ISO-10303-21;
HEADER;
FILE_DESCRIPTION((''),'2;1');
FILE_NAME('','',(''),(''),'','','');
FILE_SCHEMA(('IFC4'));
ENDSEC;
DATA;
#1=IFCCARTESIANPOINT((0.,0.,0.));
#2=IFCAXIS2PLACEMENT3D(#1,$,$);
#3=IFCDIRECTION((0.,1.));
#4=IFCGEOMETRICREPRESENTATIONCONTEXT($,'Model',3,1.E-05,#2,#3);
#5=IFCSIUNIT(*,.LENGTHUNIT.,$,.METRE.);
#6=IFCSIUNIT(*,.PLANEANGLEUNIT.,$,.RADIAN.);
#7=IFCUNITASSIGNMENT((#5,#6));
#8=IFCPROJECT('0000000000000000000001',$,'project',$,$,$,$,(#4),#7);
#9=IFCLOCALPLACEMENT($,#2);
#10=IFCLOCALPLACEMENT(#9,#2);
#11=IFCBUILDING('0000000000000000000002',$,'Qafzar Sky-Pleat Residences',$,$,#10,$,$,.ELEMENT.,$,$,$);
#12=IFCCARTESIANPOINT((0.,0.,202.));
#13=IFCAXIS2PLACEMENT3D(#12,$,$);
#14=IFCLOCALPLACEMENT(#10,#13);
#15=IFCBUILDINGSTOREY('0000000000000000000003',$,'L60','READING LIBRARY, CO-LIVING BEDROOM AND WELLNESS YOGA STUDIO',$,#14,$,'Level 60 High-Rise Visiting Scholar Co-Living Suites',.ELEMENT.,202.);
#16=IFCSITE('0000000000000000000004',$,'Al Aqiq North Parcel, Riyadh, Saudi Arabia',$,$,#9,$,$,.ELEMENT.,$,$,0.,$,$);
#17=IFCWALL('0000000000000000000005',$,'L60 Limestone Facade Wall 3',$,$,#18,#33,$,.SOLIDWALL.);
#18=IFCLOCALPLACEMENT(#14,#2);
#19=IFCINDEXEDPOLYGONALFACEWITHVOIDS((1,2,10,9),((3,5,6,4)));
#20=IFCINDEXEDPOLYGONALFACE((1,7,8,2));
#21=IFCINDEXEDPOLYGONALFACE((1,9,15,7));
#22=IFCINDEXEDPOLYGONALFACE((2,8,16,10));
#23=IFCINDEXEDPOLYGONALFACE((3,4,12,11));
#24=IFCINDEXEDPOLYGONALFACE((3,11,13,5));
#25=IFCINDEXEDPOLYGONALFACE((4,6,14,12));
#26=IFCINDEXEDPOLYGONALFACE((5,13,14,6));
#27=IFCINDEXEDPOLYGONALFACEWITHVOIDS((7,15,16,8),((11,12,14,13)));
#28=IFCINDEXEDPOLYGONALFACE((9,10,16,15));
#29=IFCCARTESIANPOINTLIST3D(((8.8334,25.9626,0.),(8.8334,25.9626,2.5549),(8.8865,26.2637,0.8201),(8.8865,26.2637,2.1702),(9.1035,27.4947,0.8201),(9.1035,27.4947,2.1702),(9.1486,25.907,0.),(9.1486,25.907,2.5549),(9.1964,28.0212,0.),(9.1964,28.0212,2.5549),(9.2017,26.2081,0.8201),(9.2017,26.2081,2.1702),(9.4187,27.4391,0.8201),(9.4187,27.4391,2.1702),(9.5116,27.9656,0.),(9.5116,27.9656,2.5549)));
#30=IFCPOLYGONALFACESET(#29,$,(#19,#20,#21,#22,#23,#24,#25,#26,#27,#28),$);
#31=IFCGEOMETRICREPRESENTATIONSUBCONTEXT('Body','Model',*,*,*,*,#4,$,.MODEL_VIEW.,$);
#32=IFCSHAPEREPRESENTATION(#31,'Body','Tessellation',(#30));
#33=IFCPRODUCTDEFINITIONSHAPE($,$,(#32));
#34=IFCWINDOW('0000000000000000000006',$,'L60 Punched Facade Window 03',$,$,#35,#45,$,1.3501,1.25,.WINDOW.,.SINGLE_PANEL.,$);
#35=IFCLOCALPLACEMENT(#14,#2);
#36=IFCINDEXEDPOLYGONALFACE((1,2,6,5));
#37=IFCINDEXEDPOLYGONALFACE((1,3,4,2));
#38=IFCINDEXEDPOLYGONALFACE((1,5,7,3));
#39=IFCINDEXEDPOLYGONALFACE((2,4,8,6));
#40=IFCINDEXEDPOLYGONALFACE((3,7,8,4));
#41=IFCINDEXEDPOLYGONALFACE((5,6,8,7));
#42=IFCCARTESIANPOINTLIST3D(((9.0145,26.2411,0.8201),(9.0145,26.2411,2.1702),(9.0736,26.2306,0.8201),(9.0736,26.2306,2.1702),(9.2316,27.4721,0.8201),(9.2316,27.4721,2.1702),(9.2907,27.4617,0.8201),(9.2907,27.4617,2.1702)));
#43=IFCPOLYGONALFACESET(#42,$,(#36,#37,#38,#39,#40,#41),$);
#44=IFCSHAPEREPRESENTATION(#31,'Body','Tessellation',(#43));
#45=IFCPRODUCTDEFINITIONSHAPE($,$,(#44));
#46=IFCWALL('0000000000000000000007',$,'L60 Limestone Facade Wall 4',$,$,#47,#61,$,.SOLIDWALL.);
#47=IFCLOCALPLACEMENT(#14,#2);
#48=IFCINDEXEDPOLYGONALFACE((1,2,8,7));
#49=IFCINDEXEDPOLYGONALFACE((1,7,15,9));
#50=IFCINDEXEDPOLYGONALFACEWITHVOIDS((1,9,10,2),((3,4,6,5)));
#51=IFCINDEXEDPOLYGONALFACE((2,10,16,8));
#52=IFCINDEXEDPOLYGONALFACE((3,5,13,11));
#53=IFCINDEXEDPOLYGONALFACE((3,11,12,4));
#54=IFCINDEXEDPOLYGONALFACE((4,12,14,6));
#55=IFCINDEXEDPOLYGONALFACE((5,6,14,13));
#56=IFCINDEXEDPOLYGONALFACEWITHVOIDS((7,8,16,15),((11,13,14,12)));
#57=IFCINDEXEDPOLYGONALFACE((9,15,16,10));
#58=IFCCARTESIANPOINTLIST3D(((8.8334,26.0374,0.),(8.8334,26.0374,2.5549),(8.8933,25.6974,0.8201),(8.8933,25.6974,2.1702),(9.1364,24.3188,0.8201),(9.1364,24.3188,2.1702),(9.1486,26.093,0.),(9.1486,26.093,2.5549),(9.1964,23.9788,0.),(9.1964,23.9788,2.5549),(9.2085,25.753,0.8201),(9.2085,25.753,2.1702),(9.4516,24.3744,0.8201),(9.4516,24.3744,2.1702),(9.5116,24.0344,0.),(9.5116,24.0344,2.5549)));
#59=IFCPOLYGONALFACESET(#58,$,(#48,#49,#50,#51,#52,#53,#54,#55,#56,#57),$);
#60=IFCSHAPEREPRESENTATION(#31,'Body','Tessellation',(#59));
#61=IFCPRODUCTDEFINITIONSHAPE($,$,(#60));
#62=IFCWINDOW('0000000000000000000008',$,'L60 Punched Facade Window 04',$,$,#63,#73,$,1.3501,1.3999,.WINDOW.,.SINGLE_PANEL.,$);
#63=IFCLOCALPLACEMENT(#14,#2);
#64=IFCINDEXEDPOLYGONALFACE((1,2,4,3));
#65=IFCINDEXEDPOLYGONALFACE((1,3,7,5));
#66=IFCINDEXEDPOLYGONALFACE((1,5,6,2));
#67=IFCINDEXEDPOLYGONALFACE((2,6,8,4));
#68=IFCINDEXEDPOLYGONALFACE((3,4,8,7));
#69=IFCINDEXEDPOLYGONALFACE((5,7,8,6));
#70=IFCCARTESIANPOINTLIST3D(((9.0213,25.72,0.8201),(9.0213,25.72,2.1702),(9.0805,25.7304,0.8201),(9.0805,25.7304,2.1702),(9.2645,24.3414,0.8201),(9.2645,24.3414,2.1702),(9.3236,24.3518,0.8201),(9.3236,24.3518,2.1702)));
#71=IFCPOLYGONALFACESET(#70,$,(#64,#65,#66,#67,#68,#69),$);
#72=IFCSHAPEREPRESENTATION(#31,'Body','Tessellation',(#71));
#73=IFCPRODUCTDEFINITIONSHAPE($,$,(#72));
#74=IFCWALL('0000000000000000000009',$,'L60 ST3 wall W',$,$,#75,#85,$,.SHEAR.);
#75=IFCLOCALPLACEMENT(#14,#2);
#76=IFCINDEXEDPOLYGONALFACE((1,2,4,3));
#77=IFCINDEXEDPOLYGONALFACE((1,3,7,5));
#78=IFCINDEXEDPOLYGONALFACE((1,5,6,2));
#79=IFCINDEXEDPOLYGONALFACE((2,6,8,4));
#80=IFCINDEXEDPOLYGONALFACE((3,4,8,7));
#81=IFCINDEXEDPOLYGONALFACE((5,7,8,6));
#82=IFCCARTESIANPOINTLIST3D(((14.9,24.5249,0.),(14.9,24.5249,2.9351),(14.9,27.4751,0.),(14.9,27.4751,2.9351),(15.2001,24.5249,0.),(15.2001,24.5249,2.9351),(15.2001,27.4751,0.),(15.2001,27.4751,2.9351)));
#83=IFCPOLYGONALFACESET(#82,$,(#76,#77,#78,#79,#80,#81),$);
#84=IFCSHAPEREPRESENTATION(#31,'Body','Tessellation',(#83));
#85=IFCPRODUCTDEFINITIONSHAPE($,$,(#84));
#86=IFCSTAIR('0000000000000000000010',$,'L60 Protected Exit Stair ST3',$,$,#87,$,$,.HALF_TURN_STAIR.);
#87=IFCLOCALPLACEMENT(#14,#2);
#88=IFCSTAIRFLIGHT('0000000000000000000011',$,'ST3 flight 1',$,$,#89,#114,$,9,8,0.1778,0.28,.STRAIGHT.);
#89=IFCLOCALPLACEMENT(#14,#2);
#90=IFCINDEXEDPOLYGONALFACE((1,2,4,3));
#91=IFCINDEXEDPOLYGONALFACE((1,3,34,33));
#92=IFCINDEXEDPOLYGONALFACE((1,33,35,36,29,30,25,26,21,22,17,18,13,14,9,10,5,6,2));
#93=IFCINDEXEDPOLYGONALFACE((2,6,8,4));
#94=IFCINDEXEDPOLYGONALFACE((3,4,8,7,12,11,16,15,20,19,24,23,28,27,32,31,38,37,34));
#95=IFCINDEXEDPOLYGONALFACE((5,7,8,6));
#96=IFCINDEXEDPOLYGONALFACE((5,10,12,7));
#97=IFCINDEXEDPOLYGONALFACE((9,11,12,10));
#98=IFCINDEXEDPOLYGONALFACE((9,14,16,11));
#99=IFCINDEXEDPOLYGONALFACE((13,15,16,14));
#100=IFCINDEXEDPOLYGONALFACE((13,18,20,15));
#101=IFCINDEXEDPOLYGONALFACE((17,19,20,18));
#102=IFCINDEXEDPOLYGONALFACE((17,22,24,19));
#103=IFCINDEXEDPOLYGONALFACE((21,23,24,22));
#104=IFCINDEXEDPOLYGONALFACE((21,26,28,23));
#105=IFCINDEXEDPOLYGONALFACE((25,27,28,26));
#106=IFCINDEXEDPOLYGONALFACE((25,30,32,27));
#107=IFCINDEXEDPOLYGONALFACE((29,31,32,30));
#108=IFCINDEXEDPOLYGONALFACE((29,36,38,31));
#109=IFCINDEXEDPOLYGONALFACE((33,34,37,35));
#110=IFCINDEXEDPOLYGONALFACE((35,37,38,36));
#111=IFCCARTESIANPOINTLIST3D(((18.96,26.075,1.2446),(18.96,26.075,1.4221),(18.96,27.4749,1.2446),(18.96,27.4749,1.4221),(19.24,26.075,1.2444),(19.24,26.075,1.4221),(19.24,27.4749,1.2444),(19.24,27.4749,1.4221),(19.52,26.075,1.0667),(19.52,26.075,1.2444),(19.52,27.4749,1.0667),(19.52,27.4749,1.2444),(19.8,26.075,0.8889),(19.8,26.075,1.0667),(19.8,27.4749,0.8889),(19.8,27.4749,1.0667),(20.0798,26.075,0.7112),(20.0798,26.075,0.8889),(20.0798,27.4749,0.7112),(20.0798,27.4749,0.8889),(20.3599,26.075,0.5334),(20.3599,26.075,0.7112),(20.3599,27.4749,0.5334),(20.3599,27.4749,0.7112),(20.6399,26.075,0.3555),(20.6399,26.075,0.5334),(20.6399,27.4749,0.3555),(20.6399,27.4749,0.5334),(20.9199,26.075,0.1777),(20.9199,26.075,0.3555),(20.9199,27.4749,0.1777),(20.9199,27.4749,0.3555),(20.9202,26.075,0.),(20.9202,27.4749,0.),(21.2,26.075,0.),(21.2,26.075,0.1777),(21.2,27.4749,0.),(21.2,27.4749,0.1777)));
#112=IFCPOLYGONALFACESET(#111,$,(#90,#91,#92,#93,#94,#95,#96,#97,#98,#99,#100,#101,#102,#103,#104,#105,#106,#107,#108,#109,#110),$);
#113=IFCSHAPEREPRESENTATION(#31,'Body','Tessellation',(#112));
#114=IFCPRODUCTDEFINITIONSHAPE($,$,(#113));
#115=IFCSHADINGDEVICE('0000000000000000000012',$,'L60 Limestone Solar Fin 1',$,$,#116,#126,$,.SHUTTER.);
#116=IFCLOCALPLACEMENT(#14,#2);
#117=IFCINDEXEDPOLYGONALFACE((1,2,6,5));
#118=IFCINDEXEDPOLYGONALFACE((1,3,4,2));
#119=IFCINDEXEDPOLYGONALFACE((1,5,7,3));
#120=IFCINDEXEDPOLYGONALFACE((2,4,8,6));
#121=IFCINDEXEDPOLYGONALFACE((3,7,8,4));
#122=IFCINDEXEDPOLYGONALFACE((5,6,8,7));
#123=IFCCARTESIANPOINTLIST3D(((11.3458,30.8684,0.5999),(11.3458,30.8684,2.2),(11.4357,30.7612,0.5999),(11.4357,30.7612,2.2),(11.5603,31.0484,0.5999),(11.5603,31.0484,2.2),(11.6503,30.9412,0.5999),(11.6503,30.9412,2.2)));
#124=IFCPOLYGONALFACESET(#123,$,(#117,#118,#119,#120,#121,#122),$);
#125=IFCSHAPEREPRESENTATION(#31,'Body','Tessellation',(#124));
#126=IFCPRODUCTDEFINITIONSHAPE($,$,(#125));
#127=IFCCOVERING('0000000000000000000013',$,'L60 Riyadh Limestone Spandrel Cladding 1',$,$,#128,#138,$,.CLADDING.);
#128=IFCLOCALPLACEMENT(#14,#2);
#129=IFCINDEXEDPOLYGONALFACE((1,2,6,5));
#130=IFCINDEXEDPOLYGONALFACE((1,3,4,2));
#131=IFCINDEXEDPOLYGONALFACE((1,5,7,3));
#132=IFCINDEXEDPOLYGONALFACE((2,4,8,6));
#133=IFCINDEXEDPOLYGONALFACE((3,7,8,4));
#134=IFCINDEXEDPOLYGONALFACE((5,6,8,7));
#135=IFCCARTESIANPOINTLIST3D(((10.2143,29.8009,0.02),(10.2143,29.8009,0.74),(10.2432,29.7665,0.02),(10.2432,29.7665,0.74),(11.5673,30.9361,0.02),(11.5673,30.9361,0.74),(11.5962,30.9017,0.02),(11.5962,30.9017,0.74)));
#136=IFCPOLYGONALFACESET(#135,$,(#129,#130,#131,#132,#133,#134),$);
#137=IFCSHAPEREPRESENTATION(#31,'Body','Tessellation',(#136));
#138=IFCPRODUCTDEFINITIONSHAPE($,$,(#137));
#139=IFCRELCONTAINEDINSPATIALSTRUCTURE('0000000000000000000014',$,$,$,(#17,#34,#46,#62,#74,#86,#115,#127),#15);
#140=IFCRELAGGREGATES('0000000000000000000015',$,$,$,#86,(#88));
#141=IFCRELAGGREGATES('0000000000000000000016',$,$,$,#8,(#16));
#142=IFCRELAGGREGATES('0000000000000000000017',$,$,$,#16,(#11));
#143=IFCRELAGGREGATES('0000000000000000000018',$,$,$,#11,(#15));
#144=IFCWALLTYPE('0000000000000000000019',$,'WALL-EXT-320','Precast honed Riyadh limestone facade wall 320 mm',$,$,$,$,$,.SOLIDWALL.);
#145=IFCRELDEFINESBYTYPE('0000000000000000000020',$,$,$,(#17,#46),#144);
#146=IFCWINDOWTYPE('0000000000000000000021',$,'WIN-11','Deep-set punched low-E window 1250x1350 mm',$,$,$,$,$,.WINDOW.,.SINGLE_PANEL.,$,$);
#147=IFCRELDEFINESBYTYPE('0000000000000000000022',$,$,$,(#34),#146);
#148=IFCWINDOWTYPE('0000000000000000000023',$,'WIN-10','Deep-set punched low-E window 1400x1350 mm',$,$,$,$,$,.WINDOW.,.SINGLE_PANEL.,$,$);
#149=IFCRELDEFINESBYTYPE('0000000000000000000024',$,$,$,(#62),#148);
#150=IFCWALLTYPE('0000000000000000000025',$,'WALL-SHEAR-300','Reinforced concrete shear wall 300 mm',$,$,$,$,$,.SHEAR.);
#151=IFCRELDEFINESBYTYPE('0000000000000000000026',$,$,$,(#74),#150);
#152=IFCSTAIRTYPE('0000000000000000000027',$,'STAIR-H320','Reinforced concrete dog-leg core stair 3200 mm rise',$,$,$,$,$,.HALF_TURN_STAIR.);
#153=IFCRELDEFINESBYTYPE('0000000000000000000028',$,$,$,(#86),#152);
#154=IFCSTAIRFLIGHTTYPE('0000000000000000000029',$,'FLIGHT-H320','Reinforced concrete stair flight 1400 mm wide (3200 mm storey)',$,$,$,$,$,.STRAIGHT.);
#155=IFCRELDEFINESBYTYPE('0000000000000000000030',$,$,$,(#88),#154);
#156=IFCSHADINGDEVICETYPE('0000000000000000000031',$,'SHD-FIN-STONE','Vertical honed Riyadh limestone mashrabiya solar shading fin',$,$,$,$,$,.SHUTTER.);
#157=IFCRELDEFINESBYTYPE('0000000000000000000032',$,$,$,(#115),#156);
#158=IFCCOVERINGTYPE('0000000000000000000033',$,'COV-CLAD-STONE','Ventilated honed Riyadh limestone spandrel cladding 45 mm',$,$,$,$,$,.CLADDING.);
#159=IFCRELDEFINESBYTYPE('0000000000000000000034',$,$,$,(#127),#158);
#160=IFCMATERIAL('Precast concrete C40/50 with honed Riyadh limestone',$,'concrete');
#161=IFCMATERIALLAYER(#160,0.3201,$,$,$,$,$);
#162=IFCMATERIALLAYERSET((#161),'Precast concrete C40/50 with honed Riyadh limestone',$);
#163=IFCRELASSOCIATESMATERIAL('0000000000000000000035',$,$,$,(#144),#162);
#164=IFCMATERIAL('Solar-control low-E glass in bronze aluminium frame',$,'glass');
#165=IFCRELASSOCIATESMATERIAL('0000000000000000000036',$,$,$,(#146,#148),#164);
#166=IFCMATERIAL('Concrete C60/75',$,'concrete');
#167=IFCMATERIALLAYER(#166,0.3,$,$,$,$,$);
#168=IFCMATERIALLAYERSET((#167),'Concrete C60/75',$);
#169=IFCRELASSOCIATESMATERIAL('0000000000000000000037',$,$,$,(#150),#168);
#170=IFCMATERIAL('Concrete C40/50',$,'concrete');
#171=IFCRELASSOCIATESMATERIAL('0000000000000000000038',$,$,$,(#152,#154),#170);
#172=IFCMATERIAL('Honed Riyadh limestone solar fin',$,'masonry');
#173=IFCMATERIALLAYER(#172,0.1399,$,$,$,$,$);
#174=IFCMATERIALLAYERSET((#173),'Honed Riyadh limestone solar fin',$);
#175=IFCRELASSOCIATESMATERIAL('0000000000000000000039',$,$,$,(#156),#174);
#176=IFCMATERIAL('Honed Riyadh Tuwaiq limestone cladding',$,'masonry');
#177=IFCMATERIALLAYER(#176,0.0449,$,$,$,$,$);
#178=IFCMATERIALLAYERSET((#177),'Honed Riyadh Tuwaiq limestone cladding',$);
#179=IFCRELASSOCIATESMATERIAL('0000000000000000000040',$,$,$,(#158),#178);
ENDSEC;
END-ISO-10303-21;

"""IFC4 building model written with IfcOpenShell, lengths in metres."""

from ifc_helpers import new_model, si_unit, direction, frame, frame_2d, origin, origin_2d, place, context, subcontext, project, spatial, polyline, rectangle, outline, extrude, source, transform, mapped, material, layer, layer_set, type_object, element, fill, aggregate, save


model = new_model("IFC4")

# Units and contexts
model_context = context("Model", 3, precision=1e-05, world=origin(), true_north=direction((0.0, 1.0)))
body_context = subcontext(model_context, "Body", "Model", "MODEL_VIEW")
ifc_project = project(units=[si_unit("LENGTHUNIT", "METRE"), si_unit("PLANEANGLEUNIT", "RADIAN")], contexts=[model_context])

# Site, building, storey
site_placement = place(None, origin())
site = spatial("IfcSite", under=ifc_project, at=site_placement, Name="Al Aqiq North Parcel, Riyadh, Saudi Arabia", CompositionType="ELEMENT", RefElevation=0.0)
building_placement = place(site_placement, origin())
building = spatial("IfcBuilding", under=site, at=building_placement, Name="Qafzar Sky-Pleat Residences", CompositionType="ELEMENT")
storey_placement = place(building_placement, frame((0.0, 0.0, 202.0)))
storey = spatial("IfcBuildingStorey", under=building, at=storey_placement, Name="L60", Description="READING LIBRARY, CO-LIVING BEDROOM AND WELLNESS YOGA STUDIO", LongName="Level 60 High-Rise Visiting Scholar Co-Living Suites", CompositionType="ELEMENT", Elevation=202.0)

# Walls, openings, windows
ifc_material_1 = material(Name="Precast concrete C40/50 with honed Riyadh limestone", Category="concrete")
ifc_layer_1 = layer(ifc_material_1, 0.3201)
ifc_layer_set_1 = layer_set([ifc_layer_1], Name="Precast concrete C40/50 with honed Riyadh limestone")
wall_type_1 = type_object("IfcWallType", Name="WALL-EXT-320", Description="Precast honed Riyadh limestone facade wall 320 mm", PredefinedType="SOLIDWALL", material=ifc_layer_set_1)
ifc_material_2 = material(Name="Solar-control low-E glass in bronze aluminium frame", Category="glass")
window_type_1 = type_object("IfcWindowType", Name="WIN-11", Description="Deep-set punched low-E window 1250x1350 mm", PartitioningType="SINGLE_PANEL", PredefinedType="WINDOW", material=ifc_material_2)
shared_shape_1 = source(origin(), body_context, "Body", "SweptSolid", [
    extrude(rectangle(XDim=1.25, YDim=1.3501, at=frame_2d((0.625, 0.675))), frame((0.0, 0.03, 0.0), z_axis=(0.0, -1.0, 0.0), x_axis=(1.0, 0.0, 0.0)), (0.0, 0.0, 1.0), 0.0601),
])
wall_1_placement = place(storey_placement, frame((9.354, 27.9934, 0.0), z_axis=(0.0, 0.0, 1.0), x_axis=(-0.173672, -0.984804, 0.0)))
wall_1 = element("IfcWall", 1, at=wall_1_placement, inside=storey, type_object=wall_type_1, Name="L60 Limestone Facade Wall 3", PredefinedType="SOLIDWALL", context=body_context, shape_type="SweptSolid", body=[
    extrude(rectangle(XDim=2.0903, YDim=0.3201, at=frame_2d((1.0452, 0.0))), origin(), (0.0, 0.0, 1.0), 2.5549),
])
opening_1_placement = place(wall_1_placement, frame((0.5347, 0.0, 0.8201)))
opening_1 = element("IfcOpeningElement", 2, at=opening_1_placement, cuts=wall_1, PredefinedType="OPENING", context=body_context, shape_type="SweptSolid", body=[
    extrude(rectangle(XDim=1.25, YDim=1.3501, at=frame_2d((0.625, 0.675))), frame((0.0, 0.1699, 0.0), z_axis=(0.0, -1.0, 0.0), x_axis=(1.0, 0.0, 0.0)), (0.0, 0.0, 1.0), 0.3401),
])
window_1_placement = place(opening_1_placement, origin())
window_1 = element("IfcWindow", 3, at=window_1_placement, inside=storey, type_object=window_type_1, Name="L60 Punched Facade Window 03", OverallHeight=1.3501, OverallWidth=1.25, PartitioningType="SINGLE_PANEL", PredefinedType="WINDOW", context=body_context, shape_type="MappedRepresentation", body=[
    mapped(shared_shape_1, transform((0.0, 0.0, 0.0), x_axis=(1.0, 0.0, 0.0), y_axis=(0.0, 1.0, 0.0), z_axis=(0.0, 0.0, 1.0), scale=1.0)),
])
fill(opening_1, window_1)
wall_2_placement = place(storey_placement, frame((8.991, 26.0652, 0.0), z_axis=(0.0, 0.0, 1.0), x_axis=(0.173672, -0.984804, 0.0)))
wall_2 = element("IfcWall", 4, at=wall_2_placement, inside=storey, type_object=wall_type_1, Name="L60 Limestone Facade Wall 4", PredefinedType="SOLIDWALL", context=body_context, shape_type="SweptSolid", body=[
    extrude(rectangle(XDim=2.0903, YDim=0.3201, at=frame_2d((1.0452, 0.0))), origin(), (0.0, 0.0, 1.0), 2.5549),
])
opening_2_placement = place(wall_2_placement, frame((0.3452, 0.0, 0.8201)))
opening_2 = element("IfcOpeningElement", 5, at=opening_2_placement, cuts=wall_2, PredefinedType="OPENING", context=body_context, shape_type="SweptSolid", body=[
    extrude(rectangle(XDim=1.3999, YDim=1.3501, at=frame_2d((0.7, 0.675))), frame((0.0, 0.1699, 0.0), z_axis=(0.0, -1.0, 0.0), x_axis=(1.0, 0.0, 0.0)), (0.0, 0.0, 1.0), 0.3401),
])
window_type_2 = type_object("IfcWindowType", Name="WIN-10", Description="Deep-set punched low-E window 1400x1350 mm", PartitioningType="SINGLE_PANEL", PredefinedType="WINDOW", material=ifc_material_2)
shared_shape_2 = source(origin(), body_context, "Body", "SweptSolid", [
    extrude(rectangle(XDim=1.3999, YDim=1.3501, at=frame_2d((0.7, 0.675))), frame((0.0, 0.03, 0.0), z_axis=(0.0, -1.0, 0.0), x_axis=(1.0, 0.0, 0.0)), (0.0, 0.0, 1.0), 0.0601),
])
window_2_placement = place(opening_2_placement, origin())
window_2 = element("IfcWindow", 6, at=window_2_placement, inside=storey, type_object=window_type_2, Name="L60 Punched Facade Window 04", OverallHeight=1.3501, OverallWidth=1.3999, PartitioningType="SINGLE_PANEL", PredefinedType="WINDOW", context=body_context, shape_type="MappedRepresentation", body=[
    mapped(shared_shape_2, transform((0.0, 0.0, 0.0), x_axis=(1.0, 0.0, 0.0), y_axis=(0.0, 1.0, 0.0), z_axis=(0.0, 0.0, 1.0), scale=1.0)),
])
fill(opening_2, window_2)

# Wall
ifc_material_3 = material(Name="Concrete C60/75", Category="concrete")
ifc_layer_2 = layer(ifc_material_3, 0.3)
ifc_layer_set_2 = layer_set([ifc_layer_2], Name="Concrete C60/75")
wall_type_2 = type_object("IfcWallType", Name="WALL-SHEAR-300", Description="Reinforced concrete shear wall 300 mm", PredefinedType="SHEAR", material=ifc_layer_set_2)
wall_3_placement = place(storey_placement, frame((15.05, 27.4751, 0.0), z_axis=(0.0, 0.0, 1.0), x_axis=(0.0, -1.0, 0.0)))
element("IfcWall", 7, at=wall_3_placement, inside=storey, type_object=wall_type_2, Name="L60 ST3 wall W", PredefinedType="SHEAR", context=body_context, shape_type="SweptSolid", body=[
    extrude(rectangle(XDim=2.9502, YDim=0.3, at=frame_2d((1.4751, 0.0))), origin(), (0.0, 0.0, 1.0), 2.9351),
])

# Stair, stair flight
ifc_material_4 = material(Name="Concrete C40/50", Category="concrete")
stair_type = type_object("IfcStairType", Name="STAIR-H320", Description="Reinforced concrete dog-leg core stair 3200 mm rise", PredefinedType="HALF_TURN_STAIR", material=ifc_material_4)
stair_placement = place(storey_placement, origin())
stair = element("IfcStair", 8, at=stair_placement, inside=storey, type_object=stair_type, Name="L60 Protected Exit Stair ST3", PredefinedType="HALF_TURN_STAIR")
stair_flight_type = type_object("IfcStairFlightType", Name="FLIGHT-H320", Description="Reinforced concrete stair flight 1400 mm wide (3200 mm storey)", PredefinedType="STRAIGHT", material=ifc_material_4)
shared_shape_3 = source(origin(), body_context, "Body", "SweptSolid", [
    extrude(outline(polyline([(0.0, 0.0), (0.0, 0.1777), (0.28, 0.1777), (0.28, 0.3555), (0.5601, 0.3555), (0.5601, 0.5334), (0.8401, 0.5334), (0.8401, 0.7112), (1.1201, 0.7112), (1.1201, 0.8889), (1.3999, 0.8889), (1.3999, 1.0667), (1.6799, 1.0667), (1.6799, 1.2444), (1.96, 1.2444), (1.96, 1.4221), (2.24, 1.4221), (2.24, 1.6001), (2.24, 1.2446), (0.2798, 0.0), (0.0, 0.0)])), frame((0.0, 0.7, 0.0), z_axis=(0.0, -1.0, 0.0), x_axis=(1.0, 0.0, 0.0)), (0.0, 0.0, 1.0), 1.3999),
])
stair_flight_placement = place(storey_placement, frame((21.2, 26.7749, 0.0), z_axis=(0.0, 0.0, 1.0), x_axis=(-1.0, 0.0, 0.0)))
stair_flight = element("IfcStairFlight", 9, at=stair_flight_placement, type_object=stair_flight_type, Name="ST3 flight 1", NumberOfRisers=9, NumberOfTreads=8, PredefinedType="STRAIGHT", RiserHeight=0.1778, TreadLength=0.28, context=body_context, shape_type="MappedRepresentation", body=[
    mapped(shared_shape_3, transform((0.0, 0.0, 0.0), x_axis=(1.0, 0.0, 0.0), y_axis=(0.0, 1.0, 0.0), z_axis=(0.0, 0.0, 1.0), scale=1.0)),
])
aggregate(stair, [stair_flight])

# Shading device
ifc_material_5 = material(Name="Honed Riyadh limestone solar fin", Category="masonry")
ifc_layer_3 = layer(ifc_material_5, 0.1399)
ifc_layer_set_3 = layer_set([ifc_layer_3], Name="Honed Riyadh limestone solar fin")
shading_device_type = type_object("IfcShadingDeviceType", Name="SHD-FIN-STONE", Description="Vertical honed Riyadh limestone mashrabiya solar shading fin", PredefinedType="SHUTTER", material=ifc_layer_set_3)
shared_shape_4 = source(origin(), body_context, "Body", "SweptSolid", [
    extrude(rectangle(XDim=0.1399, YDim=0.28, at=origin_2d()), origin(), (0.0, 0.0, 1.0), 1.6001),
])
shading_device_placement = place(storey_placement, frame((11.498, 30.9048, 0.5999), z_axis=(0.0, 0.0, 1.0), x_axis=(-0.642754, 0.766072, 0.0)))
element("IfcShadingDevice", 10, at=shading_device_placement, inside=storey, type_object=shading_device_type, Name="L60 Limestone Solar Fin 1", PredefinedType="SHUTTER", context=body_context, shape_type="MappedRepresentation", body=[
    mapped(shared_shape_4, transform((0.0, 0.0, 0.0), x_axis=(1.0, 0.0, 0.0), y_axis=(0.0, 1.0, 0.0), z_axis=(0.0, 0.0, 1.0), scale=1.0)),
])

# Covering
ifc_material_6 = material(Name="Honed Riyadh Tuwaiq limestone cladding", Category="masonry")
ifc_layer_4 = layer(ifc_material_6, 0.0449)
ifc_layer_set_4 = layer_set([ifc_layer_4], Name="Honed Riyadh Tuwaiq limestone cladding")
covering_type = type_object("IfcCoveringType", Name="COV-CLAD-STONE", Description="Ventilated honed Riyadh limestone spandrel cladding 45 mm", PredefinedType="CLADDING", material=ifc_layer_set_4)
shared_shape_5 = source(origin(), body_context, "Body", "SweptSolid", [
    extrude(rectangle(XDim=1.7661, YDim=0.0449, at=origin_2d()), origin(), (0.0, 0.0, 1.0), 0.72),
])
covering_placement = place(storey_placement, frame((10.9053, 30.3513, 0.02), z_axis=(0.0, 0.0, 1.0), x_axis=(-0.766074, -0.642752, 0.0)))
element("IfcCovering", 11, at=covering_placement, inside=storey, type_object=covering_type, Name="L60 Riyadh Limestone Spandrel Cladding 1", PredefinedType="CLADDING", context=body_context, shape_type="MappedRepresentation", body=[
    mapped(shared_shape_5, transform((0.0, 0.0, 0.0), x_axis=(1.0, 0.0, 0.0), y_axis=(0.0, 1.0, 0.0), z_axis=(0.0, 0.0, 1.0), scale=1.0)),
])

save(model, "model.ifc")
